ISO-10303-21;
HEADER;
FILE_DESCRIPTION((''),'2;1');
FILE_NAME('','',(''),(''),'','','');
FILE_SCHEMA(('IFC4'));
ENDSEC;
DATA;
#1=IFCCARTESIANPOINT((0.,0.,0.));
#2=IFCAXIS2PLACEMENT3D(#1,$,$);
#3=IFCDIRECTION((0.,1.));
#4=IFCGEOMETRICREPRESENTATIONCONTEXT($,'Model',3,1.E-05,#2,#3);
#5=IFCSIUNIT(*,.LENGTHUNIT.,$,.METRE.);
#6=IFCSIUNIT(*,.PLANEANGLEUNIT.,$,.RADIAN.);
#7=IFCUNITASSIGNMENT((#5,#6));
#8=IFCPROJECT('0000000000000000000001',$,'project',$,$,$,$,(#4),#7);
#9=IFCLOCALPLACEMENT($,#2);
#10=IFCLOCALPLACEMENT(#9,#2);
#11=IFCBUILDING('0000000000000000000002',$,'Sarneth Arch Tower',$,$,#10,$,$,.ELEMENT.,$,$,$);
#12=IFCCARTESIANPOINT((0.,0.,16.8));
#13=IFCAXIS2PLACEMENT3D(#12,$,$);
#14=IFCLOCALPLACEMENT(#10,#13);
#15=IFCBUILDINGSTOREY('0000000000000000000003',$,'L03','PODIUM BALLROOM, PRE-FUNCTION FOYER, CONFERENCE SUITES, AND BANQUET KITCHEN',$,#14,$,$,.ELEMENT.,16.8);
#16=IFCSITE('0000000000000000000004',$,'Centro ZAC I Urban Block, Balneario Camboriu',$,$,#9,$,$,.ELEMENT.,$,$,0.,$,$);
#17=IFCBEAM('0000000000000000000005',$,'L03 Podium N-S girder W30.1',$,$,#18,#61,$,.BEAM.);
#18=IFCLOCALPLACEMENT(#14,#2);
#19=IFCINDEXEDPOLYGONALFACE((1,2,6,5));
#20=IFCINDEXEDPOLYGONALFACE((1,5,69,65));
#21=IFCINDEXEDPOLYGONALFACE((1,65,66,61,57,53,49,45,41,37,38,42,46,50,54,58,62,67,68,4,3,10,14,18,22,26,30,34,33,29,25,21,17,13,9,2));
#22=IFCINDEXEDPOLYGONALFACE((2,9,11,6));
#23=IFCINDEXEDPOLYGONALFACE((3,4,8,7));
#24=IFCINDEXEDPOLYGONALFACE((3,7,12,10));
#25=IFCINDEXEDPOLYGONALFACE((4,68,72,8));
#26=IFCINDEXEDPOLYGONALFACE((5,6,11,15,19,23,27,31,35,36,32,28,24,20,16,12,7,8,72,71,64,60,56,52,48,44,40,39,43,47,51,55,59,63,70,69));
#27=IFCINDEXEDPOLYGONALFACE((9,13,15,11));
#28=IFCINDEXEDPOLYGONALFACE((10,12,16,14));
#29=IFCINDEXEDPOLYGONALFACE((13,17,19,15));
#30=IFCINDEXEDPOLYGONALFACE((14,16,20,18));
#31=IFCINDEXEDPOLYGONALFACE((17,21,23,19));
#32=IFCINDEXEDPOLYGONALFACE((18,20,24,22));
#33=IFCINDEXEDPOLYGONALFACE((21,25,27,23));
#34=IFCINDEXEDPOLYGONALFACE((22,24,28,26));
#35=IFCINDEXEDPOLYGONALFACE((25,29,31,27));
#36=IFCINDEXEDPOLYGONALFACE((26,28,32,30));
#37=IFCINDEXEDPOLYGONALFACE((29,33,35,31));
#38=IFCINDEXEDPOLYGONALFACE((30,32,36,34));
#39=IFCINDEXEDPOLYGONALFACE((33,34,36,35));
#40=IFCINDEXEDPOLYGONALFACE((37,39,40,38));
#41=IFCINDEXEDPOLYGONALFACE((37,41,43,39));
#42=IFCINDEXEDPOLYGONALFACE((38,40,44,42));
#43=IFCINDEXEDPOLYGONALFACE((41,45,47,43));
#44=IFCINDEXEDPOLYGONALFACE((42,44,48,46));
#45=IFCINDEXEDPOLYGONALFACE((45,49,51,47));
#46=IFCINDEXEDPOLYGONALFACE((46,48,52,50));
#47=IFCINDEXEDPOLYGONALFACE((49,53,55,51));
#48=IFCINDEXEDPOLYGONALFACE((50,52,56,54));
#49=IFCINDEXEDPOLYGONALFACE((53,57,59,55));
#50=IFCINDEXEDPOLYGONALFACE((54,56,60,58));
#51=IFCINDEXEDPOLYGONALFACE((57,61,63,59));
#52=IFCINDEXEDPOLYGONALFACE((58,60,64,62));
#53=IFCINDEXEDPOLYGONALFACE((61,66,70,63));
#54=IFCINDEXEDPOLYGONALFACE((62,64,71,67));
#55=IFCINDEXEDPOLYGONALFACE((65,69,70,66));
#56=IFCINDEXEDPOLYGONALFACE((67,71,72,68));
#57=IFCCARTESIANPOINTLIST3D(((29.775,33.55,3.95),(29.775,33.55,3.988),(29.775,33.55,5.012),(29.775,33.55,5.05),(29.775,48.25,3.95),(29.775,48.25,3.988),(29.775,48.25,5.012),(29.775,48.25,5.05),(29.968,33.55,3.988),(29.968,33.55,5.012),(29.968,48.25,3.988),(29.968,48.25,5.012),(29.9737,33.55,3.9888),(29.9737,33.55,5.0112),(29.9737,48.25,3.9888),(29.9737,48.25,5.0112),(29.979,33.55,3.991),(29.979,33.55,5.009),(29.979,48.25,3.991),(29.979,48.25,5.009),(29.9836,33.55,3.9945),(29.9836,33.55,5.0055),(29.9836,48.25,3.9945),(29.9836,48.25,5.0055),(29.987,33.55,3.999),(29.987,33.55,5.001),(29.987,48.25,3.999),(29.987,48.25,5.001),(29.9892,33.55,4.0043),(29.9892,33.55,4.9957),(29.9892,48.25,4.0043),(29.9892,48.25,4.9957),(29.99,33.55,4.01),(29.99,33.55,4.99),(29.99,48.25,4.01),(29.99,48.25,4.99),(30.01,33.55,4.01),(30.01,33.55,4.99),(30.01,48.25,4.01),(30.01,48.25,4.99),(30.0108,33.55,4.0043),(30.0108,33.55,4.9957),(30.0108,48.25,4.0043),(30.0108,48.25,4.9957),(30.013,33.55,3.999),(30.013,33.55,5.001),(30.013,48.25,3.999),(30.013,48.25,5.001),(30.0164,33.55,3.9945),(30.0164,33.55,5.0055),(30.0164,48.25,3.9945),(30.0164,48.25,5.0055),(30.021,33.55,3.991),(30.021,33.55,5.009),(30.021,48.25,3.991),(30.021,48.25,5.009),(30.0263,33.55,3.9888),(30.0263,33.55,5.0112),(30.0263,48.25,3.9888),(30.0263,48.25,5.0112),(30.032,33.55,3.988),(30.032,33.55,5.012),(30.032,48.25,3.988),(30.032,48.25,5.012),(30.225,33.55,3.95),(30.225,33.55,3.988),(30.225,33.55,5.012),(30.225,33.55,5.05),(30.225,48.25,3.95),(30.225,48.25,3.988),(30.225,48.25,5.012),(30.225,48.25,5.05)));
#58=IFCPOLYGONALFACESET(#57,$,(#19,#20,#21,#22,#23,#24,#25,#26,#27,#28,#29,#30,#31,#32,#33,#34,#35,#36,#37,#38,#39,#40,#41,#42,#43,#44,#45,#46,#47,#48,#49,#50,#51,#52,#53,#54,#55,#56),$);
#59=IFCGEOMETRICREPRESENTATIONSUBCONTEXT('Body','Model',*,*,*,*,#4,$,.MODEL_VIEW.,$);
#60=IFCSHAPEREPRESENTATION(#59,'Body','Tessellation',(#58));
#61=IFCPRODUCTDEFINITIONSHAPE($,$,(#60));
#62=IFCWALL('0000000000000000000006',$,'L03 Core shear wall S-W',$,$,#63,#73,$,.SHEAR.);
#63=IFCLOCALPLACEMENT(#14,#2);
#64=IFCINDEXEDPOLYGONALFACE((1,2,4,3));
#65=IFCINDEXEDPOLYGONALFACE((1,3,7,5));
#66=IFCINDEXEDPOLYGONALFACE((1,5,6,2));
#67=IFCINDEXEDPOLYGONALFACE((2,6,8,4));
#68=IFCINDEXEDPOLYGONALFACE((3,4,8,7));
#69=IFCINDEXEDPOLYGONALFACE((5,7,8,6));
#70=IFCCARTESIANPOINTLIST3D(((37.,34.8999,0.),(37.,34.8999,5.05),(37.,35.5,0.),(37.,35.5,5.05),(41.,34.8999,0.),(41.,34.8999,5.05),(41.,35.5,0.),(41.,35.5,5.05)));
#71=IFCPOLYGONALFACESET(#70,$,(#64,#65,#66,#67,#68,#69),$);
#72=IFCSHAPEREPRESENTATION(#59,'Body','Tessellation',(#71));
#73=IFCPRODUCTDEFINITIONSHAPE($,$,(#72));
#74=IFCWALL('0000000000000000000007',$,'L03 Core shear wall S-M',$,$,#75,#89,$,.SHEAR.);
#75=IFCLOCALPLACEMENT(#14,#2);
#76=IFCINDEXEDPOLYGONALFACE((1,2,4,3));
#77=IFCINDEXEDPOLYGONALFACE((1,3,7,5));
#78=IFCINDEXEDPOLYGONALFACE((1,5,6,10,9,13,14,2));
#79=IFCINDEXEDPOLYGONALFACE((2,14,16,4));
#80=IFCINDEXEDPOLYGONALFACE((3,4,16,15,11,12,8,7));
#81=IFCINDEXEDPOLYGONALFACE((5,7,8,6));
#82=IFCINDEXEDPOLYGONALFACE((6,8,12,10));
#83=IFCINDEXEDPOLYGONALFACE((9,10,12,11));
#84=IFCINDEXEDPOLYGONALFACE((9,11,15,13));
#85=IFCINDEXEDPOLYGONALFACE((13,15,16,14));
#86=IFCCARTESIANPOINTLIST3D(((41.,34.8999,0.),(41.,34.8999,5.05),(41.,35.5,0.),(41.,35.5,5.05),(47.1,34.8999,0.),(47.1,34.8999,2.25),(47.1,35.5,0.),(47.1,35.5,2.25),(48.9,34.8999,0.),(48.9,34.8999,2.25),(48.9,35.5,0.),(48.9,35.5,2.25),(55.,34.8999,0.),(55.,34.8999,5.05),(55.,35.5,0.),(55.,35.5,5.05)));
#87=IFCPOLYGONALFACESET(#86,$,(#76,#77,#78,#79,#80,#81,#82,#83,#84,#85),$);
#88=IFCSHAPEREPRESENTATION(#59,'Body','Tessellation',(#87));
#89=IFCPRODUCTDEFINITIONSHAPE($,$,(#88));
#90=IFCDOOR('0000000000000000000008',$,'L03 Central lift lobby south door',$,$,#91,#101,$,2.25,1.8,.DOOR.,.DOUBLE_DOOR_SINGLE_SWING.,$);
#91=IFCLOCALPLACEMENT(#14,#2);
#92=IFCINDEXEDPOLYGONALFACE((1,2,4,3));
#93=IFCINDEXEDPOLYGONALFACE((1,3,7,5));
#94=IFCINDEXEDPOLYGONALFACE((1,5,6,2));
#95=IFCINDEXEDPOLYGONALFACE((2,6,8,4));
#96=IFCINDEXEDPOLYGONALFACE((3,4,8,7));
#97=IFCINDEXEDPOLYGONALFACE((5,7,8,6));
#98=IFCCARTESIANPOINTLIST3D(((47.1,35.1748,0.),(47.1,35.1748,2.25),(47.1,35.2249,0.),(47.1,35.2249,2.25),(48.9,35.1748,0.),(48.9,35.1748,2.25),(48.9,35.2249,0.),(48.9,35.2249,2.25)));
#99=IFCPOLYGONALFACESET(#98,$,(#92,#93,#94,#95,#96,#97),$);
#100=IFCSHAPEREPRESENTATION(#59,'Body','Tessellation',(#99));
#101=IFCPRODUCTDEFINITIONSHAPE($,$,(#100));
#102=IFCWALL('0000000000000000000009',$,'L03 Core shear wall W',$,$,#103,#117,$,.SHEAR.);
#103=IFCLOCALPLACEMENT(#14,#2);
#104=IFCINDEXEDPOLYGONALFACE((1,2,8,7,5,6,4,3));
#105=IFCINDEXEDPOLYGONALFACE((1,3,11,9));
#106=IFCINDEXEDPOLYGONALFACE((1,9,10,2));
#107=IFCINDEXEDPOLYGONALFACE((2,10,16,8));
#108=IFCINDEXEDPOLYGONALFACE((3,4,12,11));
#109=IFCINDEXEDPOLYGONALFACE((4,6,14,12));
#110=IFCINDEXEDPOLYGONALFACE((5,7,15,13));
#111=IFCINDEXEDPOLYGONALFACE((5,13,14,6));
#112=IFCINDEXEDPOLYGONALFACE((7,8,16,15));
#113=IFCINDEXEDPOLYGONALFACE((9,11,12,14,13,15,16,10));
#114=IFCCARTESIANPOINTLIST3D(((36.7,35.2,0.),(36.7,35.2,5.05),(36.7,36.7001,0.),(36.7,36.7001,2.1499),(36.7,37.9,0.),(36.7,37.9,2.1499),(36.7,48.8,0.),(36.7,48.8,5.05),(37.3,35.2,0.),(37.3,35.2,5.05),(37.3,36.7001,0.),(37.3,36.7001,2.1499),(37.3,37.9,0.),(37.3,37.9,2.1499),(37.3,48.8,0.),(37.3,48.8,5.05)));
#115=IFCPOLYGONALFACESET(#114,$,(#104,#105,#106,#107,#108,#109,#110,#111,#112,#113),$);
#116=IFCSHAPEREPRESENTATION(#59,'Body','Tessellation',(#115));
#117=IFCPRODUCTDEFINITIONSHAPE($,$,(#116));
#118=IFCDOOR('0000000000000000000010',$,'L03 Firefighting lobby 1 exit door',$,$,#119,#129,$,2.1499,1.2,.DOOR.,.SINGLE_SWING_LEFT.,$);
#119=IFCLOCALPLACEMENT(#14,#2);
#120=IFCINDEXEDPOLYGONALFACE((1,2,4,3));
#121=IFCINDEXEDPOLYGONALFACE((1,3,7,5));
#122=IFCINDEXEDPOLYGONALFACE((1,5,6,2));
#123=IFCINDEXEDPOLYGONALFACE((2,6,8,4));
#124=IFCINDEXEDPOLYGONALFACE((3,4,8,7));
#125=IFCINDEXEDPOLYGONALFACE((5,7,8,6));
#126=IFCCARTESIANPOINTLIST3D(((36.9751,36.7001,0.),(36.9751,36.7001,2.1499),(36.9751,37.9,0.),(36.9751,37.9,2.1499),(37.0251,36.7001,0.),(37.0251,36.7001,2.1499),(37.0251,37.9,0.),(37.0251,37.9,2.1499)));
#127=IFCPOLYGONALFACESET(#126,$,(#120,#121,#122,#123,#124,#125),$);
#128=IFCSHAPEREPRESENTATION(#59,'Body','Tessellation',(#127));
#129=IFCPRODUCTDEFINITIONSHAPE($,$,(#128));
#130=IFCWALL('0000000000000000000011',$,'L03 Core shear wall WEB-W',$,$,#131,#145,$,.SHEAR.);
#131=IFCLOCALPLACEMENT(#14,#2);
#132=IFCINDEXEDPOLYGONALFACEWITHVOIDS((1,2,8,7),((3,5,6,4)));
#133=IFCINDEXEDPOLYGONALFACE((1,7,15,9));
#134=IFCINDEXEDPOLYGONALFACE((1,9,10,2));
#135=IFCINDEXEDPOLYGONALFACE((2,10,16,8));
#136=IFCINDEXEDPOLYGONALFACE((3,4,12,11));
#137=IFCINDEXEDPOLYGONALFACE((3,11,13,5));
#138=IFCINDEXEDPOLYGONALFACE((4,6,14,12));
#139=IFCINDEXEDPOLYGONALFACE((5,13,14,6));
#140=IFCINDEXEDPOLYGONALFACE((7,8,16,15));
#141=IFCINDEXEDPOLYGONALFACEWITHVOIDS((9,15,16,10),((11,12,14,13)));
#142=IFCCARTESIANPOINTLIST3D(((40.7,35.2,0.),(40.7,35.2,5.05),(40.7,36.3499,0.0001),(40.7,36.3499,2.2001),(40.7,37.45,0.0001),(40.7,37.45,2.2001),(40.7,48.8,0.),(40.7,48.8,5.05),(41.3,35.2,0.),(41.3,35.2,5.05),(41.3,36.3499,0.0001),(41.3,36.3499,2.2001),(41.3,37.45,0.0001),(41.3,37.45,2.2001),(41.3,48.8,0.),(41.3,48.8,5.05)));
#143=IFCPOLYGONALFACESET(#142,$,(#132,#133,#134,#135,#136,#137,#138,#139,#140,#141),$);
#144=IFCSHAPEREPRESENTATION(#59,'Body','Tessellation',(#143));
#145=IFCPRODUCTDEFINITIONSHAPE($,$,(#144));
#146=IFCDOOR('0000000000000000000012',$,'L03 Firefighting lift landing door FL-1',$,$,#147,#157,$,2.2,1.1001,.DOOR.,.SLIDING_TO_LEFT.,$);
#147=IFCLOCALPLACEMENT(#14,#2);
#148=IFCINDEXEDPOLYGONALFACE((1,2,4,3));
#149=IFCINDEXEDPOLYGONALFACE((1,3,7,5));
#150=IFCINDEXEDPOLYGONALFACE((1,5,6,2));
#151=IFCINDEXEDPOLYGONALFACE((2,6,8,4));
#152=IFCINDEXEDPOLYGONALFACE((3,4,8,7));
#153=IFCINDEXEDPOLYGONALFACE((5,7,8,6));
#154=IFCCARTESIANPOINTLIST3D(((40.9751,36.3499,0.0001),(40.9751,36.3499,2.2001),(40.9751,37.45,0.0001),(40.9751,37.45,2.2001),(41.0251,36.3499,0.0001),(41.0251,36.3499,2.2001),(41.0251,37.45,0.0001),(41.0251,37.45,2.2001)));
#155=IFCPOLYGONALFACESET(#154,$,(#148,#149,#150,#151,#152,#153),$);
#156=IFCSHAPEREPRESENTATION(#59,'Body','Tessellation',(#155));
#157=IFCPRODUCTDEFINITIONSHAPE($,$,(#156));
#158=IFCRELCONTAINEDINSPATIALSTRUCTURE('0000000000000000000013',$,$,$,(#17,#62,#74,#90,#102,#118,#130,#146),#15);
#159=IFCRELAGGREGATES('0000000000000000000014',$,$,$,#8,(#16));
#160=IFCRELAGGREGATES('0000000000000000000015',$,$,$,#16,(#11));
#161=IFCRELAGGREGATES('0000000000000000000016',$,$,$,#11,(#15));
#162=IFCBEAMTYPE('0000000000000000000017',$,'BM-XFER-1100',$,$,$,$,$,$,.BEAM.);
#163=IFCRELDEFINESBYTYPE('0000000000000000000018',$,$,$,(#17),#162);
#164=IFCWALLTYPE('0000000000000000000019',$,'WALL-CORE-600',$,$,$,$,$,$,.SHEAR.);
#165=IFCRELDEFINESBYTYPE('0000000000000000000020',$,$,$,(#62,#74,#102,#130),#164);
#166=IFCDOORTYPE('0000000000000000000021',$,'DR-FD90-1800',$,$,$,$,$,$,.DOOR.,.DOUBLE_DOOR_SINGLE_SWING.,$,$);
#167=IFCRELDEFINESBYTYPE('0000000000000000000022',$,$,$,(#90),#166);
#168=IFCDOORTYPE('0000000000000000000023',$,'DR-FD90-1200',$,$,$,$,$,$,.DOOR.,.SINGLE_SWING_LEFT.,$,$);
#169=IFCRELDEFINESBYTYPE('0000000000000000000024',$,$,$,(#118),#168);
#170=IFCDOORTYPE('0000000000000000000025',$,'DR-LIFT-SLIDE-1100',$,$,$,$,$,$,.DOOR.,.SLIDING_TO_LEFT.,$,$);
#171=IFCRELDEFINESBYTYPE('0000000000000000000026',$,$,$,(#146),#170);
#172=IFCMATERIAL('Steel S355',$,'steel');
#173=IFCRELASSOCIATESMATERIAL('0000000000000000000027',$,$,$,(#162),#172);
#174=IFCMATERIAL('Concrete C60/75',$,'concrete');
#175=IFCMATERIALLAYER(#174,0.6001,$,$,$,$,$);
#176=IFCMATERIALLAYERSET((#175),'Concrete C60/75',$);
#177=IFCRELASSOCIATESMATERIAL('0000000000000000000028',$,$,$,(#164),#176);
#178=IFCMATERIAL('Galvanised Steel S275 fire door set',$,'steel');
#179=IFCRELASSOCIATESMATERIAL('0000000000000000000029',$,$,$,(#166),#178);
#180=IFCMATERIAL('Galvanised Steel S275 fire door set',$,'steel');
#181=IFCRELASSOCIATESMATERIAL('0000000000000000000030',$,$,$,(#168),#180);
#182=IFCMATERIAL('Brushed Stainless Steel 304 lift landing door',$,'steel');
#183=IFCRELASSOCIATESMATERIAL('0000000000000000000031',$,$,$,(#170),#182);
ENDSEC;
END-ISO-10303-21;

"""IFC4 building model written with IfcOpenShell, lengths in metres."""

from ifc_helpers import new_model, si_unit, direction, frame, frame_2d, origin, origin_2d, place, context, subcontext, project, spatial, rectangle, i_section, extrude, material, layer, layer_set, material_profile, profile_set, type_object, element, fill, save


model = new_model("IFC4")

# Units and contexts
model_context = context("Model", 3, precision=1e-05, world=origin(), true_north=direction((0.0, 1.0)))
body_context = subcontext(model_context, "Body", "Model", "MODEL_VIEW")
ifc_project = project(units=[si_unit("LENGTHUNIT", "METRE"), si_unit("PLANEANGLEUNIT", "RADIAN")], contexts=[model_context])

# Site, building, storey
site_placement = place(None, origin())
site = spatial("IfcSite", under=ifc_project, at=site_placement, Name="Centro ZAC I Urban Block, Balneario Camboriu", CompositionType="ELEMENT", RefElevation=0.0)
building_placement = place(site_placement, origin())
building = spatial("IfcBuilding", under=site, at=building_placement, Name="Sarneth Arch Tower", CompositionType="ELEMENT")
storey_placement = place(building_placement, frame((0.0, 0.0, 16.8)))
storey = spatial("IfcBuildingStorey", under=building, at=storey_placement, Name="L03", Description="PODIUM BALLROOM, PRE-FUNCTION FOYER, CONFERENCE SUITES, AND BANQUET KITCHEN", CompositionType="ELEMENT", Elevation=16.8)

# Beam
ifc_material_1 = material(Name="Steel S355", Category="steel")
ifc_material_profile_1 = material_profile(ifc_material_1, i_section(OverallWidth=0.45, OverallDepth=1.1001, WebThickness=0.02, FlangeThickness=0.0381, FilletRadius=0.022, at=origin_2d()), Name="CVS1100x456")
ifc_profile_set_1 = profile_set([ifc_material_profile_1], Name="Steel S355")
beam_type_1 = type_object("IfcBeamType", Name="BM-XFER-1100", PredefinedType="BEAM", material=ifc_profile_set_1)
beam_1_placement = place(storey_placement, frame((30.0, 33.55, 4.5), z_axis=(0.0, 1.0, 0.0), x_axis=(-1.0, 0.0, 0.0)))
element("IfcBeam", 1, at=beam_1_placement, inside=storey, type_object=beam_type_1, Name="L03 Podium N-S girder W30.1", PredefinedType="BEAM", context=body_context, shape_type="SweptSolid", body=[
    extrude(i_section(OverallWidth=0.45, OverallDepth=1.1001, WebThickness=0.02, FlangeThickness=0.0381, FilletRadius=0.022, at=origin_2d()), origin(), (0.0, 0.0, 1.0), 14.7),
])

# Wall
ifc_material_2 = material(Name="Concrete C60/75", Category="concrete")
ifc_layer_1 = layer(ifc_material_2, 0.6001)
ifc_layer_set_1 = layer_set([ifc_layer_1], Name="Concrete C60/75")
wall_type_1 = type_object("IfcWallType", Name="WALL-CORE-600", PredefinedType="SHEAR", material=ifc_layer_set_1)
wall_1_placement = place(storey_placement, frame((37.0, 35.2, 0.0), z_axis=(0.0, 0.0, 1.0), x_axis=(1.0, 0.0, 0.0)))
element("IfcWall", 2, at=wall_1_placement, inside=storey, type_object=wall_type_1, Name="L03 Core shear wall S-W", PredefinedType="SHEAR", context=body_context, shape_type="SweptSolid", body=[
    extrude(rectangle(XDim=4.0, YDim=0.6001, at=frame_2d((2.0, 0.0))), origin(), (0.0, 0.0, 1.0), 5.05),
])

# Walls, openings, doors
wall_2_placement = place(storey_placement, frame((41.0, 35.2, 0.0), z_axis=(0.0, 0.0, 1.0), x_axis=(1.0, 0.0, 0.0)))
wall_2 = element("IfcWall", 3, at=wall_2_placement, inside=storey, type_object=wall_type_1, Name="L03 Core shear wall S-M", PredefinedType="SHEAR", context=body_context, shape_type="SweptSolid", body=[
    extrude(rectangle(XDim=14.0, YDim=0.6001, at=frame_2d((7.0, 0.0))), origin(), (0.0, 0.0, 1.0), 5.05),
])
opening_1_placement = place(wall_2_placement, frame((6.1001, 0.0, 0.0)))
opening_1 = element("IfcOpeningElement", 4, at=opening_1_placement, cuts=wall_2, PredefinedType="OPENING", context=body_context, shape_type="SweptSolid", body=[
    extrude(rectangle(XDim=1.8, YDim=2.25, at=frame_2d((0.8999, 1.125))), frame((0.0, 0.3101, 0.0), z_axis=(0.0, -1.0, 0.0), x_axis=(1.0, 0.0, 0.0)), (0.0, 0.0, 1.0), 0.6201),
])
ifc_material_3 = material(Name="Galvanised Steel S275 fire door set", Category="steel")
door_type_1 = type_object("IfcDoorType", Name="DR-FD90-1800", OperationType="DOUBLE_DOOR_SINGLE_SWING", PredefinedType="DOOR", material=ifc_material_3)
door_1_placement = place(opening_1_placement, origin())
door_1 = element("IfcDoor", 5, at=door_1_placement, inside=storey, type_object=door_type_1, Name="L03 Central lift lobby south door", OperationType="DOUBLE_DOOR_SINGLE_SWING", OverallHeight=2.25, OverallWidth=1.8, PredefinedType="DOOR", context=body_context, shape_type="SweptSolid", body=[
    extrude(rectangle(XDim=1.8, YDim=2.25, at=frame_2d((0.8999, 1.125))), frame((0.0, 0.0249, 0.0), z_axis=(0.0, -1.0, 0.0), x_axis=(1.0, 0.0, 0.0)), (0.0, 0.0, 1.0), 0.05),
])
fill(opening_1, door_1)
wall_3_placement = place(storey_placement, frame((37.0, 35.2, 0.0), z_axis=(0.0, 0.0, 1.0), x_axis=(0.0, 1.0, 0.0)))
wall_3 = element("IfcWall", 6, at=wall_3_placement, inside=storey, type_object=wall_type_1, Name="L03 Core shear wall W", PredefinedType="SHEAR", context=body_context, shape_type="SweptSolid", body=[
    extrude(rectangle(XDim=13.6001, YDim=0.6001, at=frame_2d((6.8, 0.0))), origin(), (0.0, 0.0, 1.0), 5.05),
])
opening_2_placement = place(wall_3_placement, frame((1.5, 0.0, 0.0)))
opening_2 = element("IfcOpeningElement", 7, at=opening_2_placement, cuts=wall_3, PredefinedType="OPENING", context=body_context, shape_type="SweptSolid", body=[
    extrude(rectangle(XDim=1.2, YDim=2.1499, at=frame_2d((0.6001, 1.075))), frame((0.0, 0.3101, 0.0), z_axis=(0.0, -1.0, 0.0), x_axis=(1.0, 0.0, 0.0)), (0.0, 0.0, 1.0), 0.6201),
])
ifc_material_4 = material(Name="Galvanised Steel S275 fire door set", Category="steel")
door_type_2 = type_object("IfcDoorType", Name="DR-FD90-1200", OperationType="SINGLE_SWING_LEFT", PredefinedType="DOOR", material=ifc_material_4)
door_2_placement = place(opening_2_placement, origin())
door_2 = element("IfcDoor", 8, at=door_2_placement, inside=storey, type_object=door_type_2, Name="L03 Firefighting lobby 1 exit door", OperationType="SINGLE_SWING_LEFT", OverallHeight=2.1499, OverallWidth=1.2, PredefinedType="DOOR", context=body_context, shape_type="SweptSolid", body=[
    extrude(rectangle(XDim=1.2, YDim=2.1499, at=frame_2d((0.6001, 1.075))), frame((0.0, 0.0249, 0.0), z_axis=(0.0, -1.0, 0.0), x_axis=(1.0, 0.0, 0.0)), (0.0, 0.0, 1.0), 0.05),
])
fill(opening_2, door_2)
wall_4_placement = place(storey_placement, frame((41.0, 35.2, 0.0), z_axis=(0.0, 0.0, 1.0), x_axis=(0.0, 1.0, 0.0)))
wall_4 = element("IfcWall", 9, at=wall_4_placement, inside=storey, type_object=wall_type_1, Name="L03 Core shear wall WEB-W", PredefinedType="SHEAR", context=body_context, shape_type="SweptSolid", body=[
    extrude(rectangle(XDim=13.6001, YDim=0.6001, at=frame_2d((6.8, 0.0))), origin(), (0.0, 0.0, 1.0), 5.05),
])
opening_3_placement = place(wall_4_placement, frame((1.1499, 0.0, 0.0)))
opening_3 = element("IfcOpeningElement", 10, at=opening_3_placement, cuts=wall_4, PredefinedType="OPENING", context=body_context, shape_type="SweptSolid", body=[
    extrude(rectangle(XDim=1.1001, YDim=2.2, at=frame_2d((0.55, 1.1001))), frame((0.0, 0.3101, 0.0), z_axis=(0.0, -1.0, 0.0), x_axis=(1.0, 0.0, 0.0)), (0.0, 0.0, 1.0), 0.6201),
])
ifc_material_5 = material(Name="Brushed Stainless Steel 304 lift landing door", Category="steel")
door_type_3 = type_object("IfcDoorType", Name="DR-LIFT-SLIDE-1100", OperationType="SLIDING_TO_LEFT", PredefinedType="DOOR", material=ifc_material_5)
door_3_placement = place(opening_3_placement, origin())
door_3 = element("IfcDoor", 11, at=door_3_placement, inside=storey, type_object=door_type_3, Name="L03 Firefighting lift landing door FL-1", OperationType="SLIDING_TO_LEFT", OverallHeight=2.2, OverallWidth=1.1001, PredefinedType="DOOR", context=body_context, shape_type="SweptSolid", body=[
    extrude(rectangle(XDim=1.1001, YDim=2.2, at=frame_2d((0.55, 1.1001))), frame((0.0, 0.0249, 0.0), z_axis=(0.0, -1.0, 0.0), x_axis=(1.0, 0.0, 0.0)), (0.0, 0.0, 1.0), 0.05),
])
fill(opening_3, door_3)

save(model, "model.ifc")
